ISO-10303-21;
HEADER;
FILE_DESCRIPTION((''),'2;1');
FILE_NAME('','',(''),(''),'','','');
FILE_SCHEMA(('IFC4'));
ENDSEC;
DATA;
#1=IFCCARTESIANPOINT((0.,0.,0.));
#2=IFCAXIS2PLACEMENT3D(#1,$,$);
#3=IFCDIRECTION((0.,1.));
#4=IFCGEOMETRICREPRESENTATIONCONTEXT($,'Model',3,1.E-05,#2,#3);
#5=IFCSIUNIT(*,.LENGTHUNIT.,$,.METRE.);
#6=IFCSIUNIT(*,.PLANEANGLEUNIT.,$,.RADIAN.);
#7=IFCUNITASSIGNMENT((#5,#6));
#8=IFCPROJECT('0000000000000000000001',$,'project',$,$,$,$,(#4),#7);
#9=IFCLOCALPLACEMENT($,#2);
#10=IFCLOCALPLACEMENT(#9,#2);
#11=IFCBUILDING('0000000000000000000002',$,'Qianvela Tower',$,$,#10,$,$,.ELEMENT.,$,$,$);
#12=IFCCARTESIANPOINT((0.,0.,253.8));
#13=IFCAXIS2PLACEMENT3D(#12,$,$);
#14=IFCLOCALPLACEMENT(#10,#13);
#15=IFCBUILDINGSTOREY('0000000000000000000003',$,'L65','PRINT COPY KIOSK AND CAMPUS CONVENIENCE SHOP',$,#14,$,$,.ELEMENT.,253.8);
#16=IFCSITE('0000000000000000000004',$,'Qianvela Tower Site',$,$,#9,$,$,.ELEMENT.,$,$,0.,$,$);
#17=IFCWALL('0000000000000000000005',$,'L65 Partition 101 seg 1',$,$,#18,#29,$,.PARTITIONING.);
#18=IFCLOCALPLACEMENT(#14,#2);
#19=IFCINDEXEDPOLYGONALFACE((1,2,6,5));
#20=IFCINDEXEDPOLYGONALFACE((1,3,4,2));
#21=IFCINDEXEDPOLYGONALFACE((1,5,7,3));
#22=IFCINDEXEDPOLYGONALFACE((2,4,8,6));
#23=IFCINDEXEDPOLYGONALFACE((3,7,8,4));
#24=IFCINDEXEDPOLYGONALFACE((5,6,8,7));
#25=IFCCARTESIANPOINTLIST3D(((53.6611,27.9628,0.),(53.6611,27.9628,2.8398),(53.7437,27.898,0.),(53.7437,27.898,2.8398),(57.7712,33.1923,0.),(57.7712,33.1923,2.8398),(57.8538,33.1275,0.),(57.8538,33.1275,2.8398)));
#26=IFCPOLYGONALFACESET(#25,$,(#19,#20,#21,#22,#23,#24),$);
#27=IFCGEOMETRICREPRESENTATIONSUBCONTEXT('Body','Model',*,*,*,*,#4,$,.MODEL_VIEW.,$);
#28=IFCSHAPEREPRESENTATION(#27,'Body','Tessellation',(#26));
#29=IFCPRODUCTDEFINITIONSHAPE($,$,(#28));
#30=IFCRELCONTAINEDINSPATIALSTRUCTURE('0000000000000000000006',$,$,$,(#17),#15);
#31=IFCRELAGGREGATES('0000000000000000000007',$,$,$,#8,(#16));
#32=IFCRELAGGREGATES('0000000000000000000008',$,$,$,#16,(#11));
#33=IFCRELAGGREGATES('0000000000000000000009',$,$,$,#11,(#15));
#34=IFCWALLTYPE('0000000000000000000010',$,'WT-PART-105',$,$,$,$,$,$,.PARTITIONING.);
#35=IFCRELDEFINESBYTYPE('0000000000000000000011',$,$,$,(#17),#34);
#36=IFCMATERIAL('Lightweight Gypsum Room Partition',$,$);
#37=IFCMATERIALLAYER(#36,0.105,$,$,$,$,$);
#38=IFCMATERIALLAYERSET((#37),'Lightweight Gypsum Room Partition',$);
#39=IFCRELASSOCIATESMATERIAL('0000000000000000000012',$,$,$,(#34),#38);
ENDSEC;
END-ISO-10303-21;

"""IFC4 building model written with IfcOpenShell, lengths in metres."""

from ifc_helpers import new_model, si_unit, direction, frame, frame_2d, origin, place, context, subcontext, project, spatial, rectangle, extrude, material, layer, layer_set, type_object, element, save


model = new_model("IFC4")

# Units and contexts
model_context = context("Model", 3, precision=1e-05, world=origin(), true_north=direction((0.0, 1.0)))
body_context = subcontext(model_context, "Body", "Model", "MODEL_VIEW")
ifc_project = project(units=[si_unit("LENGTHUNIT", "METRE"), si_unit("PLANEANGLEUNIT", "RADIAN")], contexts=[model_context])

# Site, building, storey
site_placement = place(None, origin())
site = spatial("IfcSite", under=ifc_project, at=site_placement, Name="Qianvela Tower Site", CompositionType="ELEMENT", RefElevation=0.0)
building_placement = place(site_placement, origin())
building = spatial("IfcBuilding", under=site, at=building_placement, Name="Qianvela Tower", CompositionType="ELEMENT")
storey_placement = place(building_placement, frame((0.0, 0.0, 253.8)))
storey = spatial("IfcBuildingStorey", under=building, at=storey_placement, Name="L65", Description="PRINT COPY KIOSK AND CAMPUS CONVENIENCE SHOP", CompositionType="ELEMENT", Elevation=253.8)

# Wall
ifc_material_1 = material(Name="Lightweight Gypsum Room Partition")
ifc_layer_1 = layer(ifc_material_1, 0.105)
ifc_layer_set_1 = layer_set([ifc_layer_1], Name="Lightweight Gypsum Room Partition")
wall_type_1 = type_object("IfcWallType", Name="WT-PART-105", PredefinedType="PARTITIONING", material=ifc_layer_set_1)
wall_1_placement = place(storey_placement, frame((57.8125, 33.1599, 0.0), z_axis=(0.0, 0.0, 1.0), x_axis=(-0.617935, -0.786229, 0.0)))
element("IfcWall", 1, at=wall_1_placement, inside=storey, type_object=wall_type_1, Name="L65 Partition 101 seg 1", PredefinedType="PARTITIONING", context=body_context, shape_type="SweptSolid", body=[
    extrude(rectangle(XDim=6.6514, YDim=0.105, at=frame_2d((3.3257, 0.0))), origin(), (0.0, 0.0, 1.0), 2.8398),
])

save(model, "model.ifc")
